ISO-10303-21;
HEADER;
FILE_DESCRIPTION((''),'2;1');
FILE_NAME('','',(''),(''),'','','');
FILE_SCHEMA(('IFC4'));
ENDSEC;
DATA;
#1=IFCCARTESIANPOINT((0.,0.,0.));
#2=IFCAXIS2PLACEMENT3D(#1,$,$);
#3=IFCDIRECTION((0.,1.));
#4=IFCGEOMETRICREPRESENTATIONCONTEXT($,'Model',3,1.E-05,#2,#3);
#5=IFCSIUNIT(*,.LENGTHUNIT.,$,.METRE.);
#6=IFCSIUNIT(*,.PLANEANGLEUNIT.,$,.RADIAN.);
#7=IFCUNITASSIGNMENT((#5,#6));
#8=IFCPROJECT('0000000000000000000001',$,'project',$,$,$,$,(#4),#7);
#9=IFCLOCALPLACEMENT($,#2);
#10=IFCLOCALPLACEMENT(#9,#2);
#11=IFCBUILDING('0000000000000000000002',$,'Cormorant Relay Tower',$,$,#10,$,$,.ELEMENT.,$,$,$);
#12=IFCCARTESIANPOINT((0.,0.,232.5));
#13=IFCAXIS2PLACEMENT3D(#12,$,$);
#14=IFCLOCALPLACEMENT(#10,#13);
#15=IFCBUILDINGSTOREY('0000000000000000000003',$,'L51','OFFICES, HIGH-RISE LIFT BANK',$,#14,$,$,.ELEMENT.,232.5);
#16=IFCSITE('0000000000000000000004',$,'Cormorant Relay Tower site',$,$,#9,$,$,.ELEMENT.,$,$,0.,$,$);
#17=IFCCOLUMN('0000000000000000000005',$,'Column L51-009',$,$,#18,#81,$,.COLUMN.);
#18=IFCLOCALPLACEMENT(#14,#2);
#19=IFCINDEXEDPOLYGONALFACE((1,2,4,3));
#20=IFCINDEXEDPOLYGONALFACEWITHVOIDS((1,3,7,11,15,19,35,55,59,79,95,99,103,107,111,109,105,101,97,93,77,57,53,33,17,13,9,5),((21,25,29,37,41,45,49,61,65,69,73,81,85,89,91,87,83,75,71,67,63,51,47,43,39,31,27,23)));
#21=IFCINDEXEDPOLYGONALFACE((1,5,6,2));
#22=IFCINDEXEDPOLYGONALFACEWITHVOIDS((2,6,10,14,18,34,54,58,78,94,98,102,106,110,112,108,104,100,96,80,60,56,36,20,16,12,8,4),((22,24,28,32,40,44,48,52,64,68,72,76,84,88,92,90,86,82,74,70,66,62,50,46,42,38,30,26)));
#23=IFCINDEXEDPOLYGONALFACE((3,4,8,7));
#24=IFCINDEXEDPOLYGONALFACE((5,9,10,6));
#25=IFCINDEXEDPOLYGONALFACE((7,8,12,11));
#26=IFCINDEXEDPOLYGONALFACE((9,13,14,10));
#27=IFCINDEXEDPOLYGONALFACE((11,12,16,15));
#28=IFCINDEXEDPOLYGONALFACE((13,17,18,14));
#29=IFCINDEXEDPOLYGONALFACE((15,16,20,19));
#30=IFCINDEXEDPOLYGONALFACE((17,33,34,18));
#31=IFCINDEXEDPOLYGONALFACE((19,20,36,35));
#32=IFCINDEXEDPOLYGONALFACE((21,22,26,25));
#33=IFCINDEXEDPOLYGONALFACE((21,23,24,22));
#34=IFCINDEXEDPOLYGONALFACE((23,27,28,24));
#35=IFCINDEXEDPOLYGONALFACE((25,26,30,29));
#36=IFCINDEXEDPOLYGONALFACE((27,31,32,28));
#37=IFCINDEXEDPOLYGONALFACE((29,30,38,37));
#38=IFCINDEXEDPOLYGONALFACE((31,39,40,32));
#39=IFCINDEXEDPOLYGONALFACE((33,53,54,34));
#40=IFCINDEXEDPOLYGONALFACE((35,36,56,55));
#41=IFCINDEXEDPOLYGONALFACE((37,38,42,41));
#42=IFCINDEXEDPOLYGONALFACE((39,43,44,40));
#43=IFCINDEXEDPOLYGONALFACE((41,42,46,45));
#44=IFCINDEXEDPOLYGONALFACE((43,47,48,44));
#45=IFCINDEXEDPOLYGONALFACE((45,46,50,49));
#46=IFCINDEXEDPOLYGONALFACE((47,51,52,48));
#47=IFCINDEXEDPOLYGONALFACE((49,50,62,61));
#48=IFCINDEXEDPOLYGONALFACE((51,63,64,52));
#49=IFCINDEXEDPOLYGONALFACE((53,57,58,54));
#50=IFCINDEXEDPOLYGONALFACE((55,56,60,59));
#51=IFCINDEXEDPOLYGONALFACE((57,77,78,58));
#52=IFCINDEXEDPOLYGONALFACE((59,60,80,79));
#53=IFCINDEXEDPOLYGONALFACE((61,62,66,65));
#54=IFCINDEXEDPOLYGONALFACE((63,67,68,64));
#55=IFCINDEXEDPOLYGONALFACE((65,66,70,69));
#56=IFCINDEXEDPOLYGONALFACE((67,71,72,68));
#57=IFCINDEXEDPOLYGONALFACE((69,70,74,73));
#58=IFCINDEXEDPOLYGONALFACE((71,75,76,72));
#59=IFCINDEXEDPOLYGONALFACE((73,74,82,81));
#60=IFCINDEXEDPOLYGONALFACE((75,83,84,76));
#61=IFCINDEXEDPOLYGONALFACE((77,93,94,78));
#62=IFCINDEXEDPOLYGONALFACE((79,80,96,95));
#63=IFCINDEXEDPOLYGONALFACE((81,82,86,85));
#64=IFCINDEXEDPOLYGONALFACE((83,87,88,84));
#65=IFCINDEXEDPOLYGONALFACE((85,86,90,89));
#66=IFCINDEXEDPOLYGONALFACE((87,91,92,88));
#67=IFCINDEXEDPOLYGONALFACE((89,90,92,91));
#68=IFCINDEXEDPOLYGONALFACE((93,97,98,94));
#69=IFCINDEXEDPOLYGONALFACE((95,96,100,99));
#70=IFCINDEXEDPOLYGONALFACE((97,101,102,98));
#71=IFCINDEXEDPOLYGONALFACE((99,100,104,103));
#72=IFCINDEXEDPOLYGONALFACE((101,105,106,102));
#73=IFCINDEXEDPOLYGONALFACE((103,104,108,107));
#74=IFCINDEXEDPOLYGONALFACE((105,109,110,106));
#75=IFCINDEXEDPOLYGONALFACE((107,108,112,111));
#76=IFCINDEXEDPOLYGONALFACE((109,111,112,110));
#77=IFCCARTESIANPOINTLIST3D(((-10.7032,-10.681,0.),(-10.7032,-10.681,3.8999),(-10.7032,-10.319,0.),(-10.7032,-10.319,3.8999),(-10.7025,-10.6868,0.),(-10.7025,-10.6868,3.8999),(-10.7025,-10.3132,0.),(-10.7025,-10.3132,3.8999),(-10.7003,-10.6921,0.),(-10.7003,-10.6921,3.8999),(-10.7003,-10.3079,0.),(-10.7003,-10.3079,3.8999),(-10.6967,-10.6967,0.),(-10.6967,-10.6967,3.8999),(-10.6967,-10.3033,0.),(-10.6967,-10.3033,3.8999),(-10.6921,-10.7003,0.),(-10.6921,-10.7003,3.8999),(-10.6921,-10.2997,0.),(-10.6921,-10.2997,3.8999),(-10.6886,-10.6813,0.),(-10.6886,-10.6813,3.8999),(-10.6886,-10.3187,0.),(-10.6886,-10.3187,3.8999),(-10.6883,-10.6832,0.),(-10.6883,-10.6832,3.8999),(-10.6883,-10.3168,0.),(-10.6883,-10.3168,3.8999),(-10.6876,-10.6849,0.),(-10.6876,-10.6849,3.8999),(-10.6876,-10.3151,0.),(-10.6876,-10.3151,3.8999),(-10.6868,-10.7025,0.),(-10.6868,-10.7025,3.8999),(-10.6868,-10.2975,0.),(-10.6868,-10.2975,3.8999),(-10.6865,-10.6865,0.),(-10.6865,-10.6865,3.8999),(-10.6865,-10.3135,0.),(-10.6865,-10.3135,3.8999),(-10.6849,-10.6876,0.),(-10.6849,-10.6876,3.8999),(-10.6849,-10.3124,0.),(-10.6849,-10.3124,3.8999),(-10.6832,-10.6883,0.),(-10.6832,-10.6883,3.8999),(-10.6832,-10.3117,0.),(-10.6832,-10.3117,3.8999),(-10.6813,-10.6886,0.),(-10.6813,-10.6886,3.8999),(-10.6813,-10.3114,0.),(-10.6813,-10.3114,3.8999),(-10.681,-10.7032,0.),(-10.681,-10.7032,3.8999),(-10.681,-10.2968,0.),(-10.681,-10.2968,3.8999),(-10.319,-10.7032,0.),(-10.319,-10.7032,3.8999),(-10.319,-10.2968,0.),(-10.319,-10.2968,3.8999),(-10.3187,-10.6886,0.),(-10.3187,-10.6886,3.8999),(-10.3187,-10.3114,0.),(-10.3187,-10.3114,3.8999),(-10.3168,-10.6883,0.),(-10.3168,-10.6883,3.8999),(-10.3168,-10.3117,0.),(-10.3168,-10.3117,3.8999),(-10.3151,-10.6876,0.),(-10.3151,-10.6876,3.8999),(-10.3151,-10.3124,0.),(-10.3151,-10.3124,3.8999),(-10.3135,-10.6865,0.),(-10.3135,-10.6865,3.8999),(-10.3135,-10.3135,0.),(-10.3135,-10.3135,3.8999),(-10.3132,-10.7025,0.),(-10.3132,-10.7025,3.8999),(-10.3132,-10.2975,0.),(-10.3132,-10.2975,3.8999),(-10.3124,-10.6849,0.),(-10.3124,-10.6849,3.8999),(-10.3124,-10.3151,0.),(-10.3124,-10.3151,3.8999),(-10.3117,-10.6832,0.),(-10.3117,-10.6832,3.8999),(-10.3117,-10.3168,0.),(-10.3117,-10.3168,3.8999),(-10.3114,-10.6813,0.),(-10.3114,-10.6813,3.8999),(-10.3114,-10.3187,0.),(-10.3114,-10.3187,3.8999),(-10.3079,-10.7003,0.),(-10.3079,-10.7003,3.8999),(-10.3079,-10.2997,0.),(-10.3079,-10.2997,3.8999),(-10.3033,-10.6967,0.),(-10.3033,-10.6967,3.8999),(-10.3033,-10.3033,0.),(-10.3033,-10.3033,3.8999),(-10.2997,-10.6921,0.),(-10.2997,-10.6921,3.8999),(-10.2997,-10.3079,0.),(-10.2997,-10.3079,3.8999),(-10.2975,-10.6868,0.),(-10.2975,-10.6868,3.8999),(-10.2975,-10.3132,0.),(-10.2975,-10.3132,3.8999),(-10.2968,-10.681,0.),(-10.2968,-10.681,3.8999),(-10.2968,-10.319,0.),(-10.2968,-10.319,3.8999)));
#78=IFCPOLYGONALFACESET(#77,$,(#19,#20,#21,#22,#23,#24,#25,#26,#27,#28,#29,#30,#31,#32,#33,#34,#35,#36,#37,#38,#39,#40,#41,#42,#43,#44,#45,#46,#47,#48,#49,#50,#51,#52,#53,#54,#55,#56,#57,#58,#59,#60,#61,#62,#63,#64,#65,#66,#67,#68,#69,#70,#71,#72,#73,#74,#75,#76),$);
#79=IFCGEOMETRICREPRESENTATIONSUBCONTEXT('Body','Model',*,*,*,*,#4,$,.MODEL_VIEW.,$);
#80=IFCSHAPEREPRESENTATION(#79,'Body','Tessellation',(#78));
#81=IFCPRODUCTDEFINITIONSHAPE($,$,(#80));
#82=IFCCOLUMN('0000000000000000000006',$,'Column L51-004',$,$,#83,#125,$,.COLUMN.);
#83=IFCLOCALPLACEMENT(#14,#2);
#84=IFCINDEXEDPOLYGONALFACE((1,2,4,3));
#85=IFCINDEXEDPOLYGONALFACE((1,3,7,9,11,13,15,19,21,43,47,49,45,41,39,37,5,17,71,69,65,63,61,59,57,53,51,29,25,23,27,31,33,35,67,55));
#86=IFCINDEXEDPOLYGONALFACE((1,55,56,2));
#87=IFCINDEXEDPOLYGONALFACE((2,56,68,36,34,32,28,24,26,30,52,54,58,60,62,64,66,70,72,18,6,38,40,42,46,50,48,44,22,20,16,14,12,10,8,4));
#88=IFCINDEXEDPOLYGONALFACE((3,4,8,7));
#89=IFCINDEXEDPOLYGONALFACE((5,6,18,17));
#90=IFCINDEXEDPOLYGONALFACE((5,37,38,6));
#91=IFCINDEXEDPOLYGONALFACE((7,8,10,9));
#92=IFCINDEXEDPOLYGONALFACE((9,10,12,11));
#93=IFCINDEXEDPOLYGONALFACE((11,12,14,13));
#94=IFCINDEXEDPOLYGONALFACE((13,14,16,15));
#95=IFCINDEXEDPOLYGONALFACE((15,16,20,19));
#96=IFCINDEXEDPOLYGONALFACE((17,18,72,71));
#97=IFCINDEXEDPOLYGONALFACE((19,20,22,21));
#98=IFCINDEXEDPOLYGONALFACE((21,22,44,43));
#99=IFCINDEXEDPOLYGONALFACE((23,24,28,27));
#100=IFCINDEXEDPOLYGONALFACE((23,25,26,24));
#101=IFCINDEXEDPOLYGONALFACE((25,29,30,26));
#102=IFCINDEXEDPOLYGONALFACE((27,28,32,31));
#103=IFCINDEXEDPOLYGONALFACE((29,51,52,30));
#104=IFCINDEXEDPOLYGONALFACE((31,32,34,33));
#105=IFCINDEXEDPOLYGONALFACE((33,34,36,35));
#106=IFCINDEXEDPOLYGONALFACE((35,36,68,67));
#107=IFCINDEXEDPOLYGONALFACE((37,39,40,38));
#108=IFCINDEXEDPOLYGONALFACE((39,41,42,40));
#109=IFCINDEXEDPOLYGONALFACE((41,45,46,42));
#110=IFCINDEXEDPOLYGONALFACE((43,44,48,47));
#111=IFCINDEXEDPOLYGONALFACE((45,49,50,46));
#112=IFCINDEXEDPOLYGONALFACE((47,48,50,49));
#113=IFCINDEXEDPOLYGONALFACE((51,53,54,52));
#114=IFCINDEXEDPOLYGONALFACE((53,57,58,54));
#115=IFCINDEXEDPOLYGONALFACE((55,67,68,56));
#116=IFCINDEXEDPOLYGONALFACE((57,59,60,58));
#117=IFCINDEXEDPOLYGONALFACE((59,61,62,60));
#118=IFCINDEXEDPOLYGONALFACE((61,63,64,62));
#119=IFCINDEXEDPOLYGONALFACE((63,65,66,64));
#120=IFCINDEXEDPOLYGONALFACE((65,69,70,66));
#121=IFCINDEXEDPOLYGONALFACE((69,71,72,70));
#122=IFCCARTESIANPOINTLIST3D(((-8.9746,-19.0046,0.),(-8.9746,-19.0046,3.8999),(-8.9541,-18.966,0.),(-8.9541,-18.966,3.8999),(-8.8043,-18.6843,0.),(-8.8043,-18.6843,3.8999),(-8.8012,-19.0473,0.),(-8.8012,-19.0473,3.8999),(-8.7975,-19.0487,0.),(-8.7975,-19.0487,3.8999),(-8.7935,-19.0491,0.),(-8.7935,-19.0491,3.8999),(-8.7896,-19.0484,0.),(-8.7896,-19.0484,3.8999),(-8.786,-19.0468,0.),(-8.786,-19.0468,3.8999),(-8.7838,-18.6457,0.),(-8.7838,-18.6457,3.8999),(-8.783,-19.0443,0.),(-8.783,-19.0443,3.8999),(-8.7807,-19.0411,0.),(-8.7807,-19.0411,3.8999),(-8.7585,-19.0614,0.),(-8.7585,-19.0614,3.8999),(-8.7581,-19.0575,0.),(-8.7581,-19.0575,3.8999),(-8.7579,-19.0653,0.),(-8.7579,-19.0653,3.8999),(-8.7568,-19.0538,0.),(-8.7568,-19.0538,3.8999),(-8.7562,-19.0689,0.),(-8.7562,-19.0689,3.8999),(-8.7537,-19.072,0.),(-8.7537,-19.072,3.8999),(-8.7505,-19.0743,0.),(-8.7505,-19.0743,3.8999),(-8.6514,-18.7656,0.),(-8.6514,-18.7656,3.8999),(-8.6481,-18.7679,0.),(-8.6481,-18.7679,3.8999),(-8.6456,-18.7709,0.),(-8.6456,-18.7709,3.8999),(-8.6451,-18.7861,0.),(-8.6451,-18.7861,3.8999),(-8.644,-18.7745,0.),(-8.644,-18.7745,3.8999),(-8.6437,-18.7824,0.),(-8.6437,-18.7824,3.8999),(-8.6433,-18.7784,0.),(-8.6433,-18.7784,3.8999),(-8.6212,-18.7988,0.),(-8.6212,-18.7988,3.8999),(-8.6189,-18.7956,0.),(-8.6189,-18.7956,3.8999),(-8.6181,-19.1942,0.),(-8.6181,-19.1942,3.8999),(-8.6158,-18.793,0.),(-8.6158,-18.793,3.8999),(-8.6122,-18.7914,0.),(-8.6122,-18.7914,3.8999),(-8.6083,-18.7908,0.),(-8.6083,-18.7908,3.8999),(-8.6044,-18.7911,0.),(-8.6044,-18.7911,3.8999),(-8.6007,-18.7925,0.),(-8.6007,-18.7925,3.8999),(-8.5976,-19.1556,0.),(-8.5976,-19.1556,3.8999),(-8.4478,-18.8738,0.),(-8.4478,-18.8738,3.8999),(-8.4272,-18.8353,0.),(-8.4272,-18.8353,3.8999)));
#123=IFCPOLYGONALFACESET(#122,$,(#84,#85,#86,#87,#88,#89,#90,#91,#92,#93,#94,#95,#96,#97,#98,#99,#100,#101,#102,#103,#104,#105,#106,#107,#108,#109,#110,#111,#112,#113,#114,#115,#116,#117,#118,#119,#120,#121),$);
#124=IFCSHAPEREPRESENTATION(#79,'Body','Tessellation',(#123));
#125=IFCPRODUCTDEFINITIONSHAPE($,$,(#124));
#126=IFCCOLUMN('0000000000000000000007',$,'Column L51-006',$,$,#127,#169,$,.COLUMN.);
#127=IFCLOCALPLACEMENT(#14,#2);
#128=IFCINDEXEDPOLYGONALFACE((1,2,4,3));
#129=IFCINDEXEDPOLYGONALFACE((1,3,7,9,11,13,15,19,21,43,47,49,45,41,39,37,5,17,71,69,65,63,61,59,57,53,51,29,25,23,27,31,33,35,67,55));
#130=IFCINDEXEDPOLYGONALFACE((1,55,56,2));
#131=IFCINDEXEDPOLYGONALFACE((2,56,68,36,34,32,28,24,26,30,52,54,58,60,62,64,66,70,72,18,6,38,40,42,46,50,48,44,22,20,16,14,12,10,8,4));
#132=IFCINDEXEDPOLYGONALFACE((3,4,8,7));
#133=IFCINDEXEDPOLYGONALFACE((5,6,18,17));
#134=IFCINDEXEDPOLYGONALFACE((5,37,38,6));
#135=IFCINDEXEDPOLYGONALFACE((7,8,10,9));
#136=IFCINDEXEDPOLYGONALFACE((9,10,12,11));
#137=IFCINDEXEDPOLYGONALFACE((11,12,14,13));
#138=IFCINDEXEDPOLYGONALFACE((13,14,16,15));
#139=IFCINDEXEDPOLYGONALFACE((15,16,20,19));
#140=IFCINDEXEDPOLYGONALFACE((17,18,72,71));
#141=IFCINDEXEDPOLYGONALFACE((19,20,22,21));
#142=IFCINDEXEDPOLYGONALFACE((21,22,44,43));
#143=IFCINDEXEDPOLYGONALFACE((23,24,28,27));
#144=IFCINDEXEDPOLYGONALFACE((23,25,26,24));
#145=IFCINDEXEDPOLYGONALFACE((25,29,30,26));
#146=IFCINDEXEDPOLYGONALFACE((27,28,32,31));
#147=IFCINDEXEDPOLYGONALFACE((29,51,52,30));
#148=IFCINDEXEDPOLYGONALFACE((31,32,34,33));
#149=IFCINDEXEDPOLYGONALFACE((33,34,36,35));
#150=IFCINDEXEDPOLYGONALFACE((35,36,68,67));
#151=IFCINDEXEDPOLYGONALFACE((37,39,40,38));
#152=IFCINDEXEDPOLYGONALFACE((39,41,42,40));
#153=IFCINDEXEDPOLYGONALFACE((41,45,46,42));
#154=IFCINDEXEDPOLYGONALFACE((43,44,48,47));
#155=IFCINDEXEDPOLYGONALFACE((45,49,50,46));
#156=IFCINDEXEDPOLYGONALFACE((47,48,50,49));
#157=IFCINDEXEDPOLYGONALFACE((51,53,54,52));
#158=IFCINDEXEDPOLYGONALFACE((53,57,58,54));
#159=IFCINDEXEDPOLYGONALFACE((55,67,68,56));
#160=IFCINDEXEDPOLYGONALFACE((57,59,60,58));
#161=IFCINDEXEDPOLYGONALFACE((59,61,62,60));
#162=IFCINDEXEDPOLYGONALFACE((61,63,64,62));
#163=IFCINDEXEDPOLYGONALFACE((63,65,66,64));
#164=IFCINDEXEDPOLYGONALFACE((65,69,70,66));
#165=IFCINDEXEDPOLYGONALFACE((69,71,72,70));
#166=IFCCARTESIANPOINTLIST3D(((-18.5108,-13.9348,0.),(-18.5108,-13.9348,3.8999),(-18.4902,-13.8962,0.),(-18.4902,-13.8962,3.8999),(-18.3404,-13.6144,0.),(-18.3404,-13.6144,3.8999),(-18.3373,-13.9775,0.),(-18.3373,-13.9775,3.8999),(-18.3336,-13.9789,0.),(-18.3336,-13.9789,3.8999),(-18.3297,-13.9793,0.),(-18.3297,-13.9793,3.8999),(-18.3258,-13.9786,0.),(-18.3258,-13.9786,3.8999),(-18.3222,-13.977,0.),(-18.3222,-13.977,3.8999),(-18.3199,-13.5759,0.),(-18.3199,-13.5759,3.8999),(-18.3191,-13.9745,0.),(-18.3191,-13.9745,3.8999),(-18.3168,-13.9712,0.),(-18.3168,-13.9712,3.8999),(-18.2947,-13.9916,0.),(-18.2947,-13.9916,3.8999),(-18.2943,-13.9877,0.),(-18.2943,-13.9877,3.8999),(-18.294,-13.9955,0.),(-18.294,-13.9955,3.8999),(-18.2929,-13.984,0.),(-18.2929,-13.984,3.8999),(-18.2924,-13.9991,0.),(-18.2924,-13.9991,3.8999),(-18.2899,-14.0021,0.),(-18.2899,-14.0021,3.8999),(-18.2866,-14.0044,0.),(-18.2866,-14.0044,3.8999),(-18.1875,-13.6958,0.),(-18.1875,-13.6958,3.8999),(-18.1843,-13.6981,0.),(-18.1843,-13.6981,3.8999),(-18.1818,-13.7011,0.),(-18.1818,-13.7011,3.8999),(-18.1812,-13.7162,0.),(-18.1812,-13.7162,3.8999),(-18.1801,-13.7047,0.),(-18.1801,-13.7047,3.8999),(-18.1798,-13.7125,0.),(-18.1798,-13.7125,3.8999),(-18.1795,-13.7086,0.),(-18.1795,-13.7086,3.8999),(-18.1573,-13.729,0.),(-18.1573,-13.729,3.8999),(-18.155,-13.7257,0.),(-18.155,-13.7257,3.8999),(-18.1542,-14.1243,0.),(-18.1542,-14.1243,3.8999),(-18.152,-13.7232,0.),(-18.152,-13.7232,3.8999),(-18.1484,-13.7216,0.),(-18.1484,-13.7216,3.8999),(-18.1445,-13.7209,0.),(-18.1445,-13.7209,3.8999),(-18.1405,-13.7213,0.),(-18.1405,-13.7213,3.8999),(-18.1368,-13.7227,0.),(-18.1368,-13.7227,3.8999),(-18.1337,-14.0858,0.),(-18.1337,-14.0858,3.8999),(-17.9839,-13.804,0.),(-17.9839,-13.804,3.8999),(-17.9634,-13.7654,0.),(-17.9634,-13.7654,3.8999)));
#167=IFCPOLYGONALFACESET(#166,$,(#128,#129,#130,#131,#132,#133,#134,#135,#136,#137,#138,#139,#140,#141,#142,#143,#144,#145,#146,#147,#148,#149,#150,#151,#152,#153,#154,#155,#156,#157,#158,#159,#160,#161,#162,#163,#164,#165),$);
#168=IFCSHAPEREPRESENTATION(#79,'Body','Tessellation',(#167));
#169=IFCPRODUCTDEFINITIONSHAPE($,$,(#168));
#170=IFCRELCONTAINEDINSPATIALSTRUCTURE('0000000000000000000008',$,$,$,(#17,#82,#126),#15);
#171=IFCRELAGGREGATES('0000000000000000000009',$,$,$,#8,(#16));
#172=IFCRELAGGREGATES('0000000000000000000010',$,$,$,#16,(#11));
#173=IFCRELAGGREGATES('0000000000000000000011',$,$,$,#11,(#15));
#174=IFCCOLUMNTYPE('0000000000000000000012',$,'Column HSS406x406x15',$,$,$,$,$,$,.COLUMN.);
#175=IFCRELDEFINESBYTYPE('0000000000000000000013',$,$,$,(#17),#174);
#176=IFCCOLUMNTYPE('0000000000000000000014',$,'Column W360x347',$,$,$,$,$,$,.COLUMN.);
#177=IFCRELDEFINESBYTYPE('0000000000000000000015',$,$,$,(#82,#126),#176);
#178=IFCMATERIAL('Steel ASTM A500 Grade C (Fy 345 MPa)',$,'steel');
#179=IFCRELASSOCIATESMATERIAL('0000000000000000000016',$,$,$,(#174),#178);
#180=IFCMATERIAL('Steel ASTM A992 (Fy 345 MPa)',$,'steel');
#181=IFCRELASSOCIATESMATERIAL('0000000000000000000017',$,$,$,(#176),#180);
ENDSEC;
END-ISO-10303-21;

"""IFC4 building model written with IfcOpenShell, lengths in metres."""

from ifc_helpers import new_model, si_unit, direction, frame, origin, origin_2d, place, context, subcontext, project, spatial, hollow_rectangle, i_section, extrude, material, material_profile, profile_set, type_object, element, save


model = new_model("IFC4")

# Units and contexts
model_context = context("Model", 3, precision=1e-05, world=origin(), true_north=direction((0.0, 1.0)))
body_context = subcontext(model_context, "Body", "Model", "MODEL_VIEW")
ifc_project = project(units=[si_unit("LENGTHUNIT", "METRE"), si_unit("PLANEANGLEUNIT", "RADIAN")], contexts=[model_context])

# Site, building, storey
site_placement = place(None, origin())
site = spatial("IfcSite", under=ifc_project, at=site_placement, Name="Cormorant Relay Tower site", CompositionType="ELEMENT", RefElevation=0.0)
building_placement = place(site_placement, origin())
building = spatial("IfcBuilding", under=site, at=building_placement, Name="Cormorant Relay Tower", CompositionType="ELEMENT")
storey_placement = place(building_placement, frame((0.0, 0.0, 232.5)))
storey = spatial("IfcBuildingStorey", under=building, at=storey_placement, Name="L51", Description="OFFICES, HIGH-RISE LIFT BANK", CompositionType="ELEMENT", Elevation=232.5)

# Columns
ifc_material_1 = material(Name="Steel ASTM A500 Grade C (Fy 345 MPa)", Category="steel")
ifc_material_profile_1 = material_profile(ifc_material_1, hollow_rectangle(XDim=0.4065, YDim=0.4065, WallThickness=0.0146, InnerFilletRadius=0.0073, OuterFilletRadius=0.0222, at=origin_2d()), Name="HSS406x406x15")
ifc_profile_set_1 = profile_set([ifc_material_profile_1], Name="Steel ASTM A500 Grade C (Fy 345 MPa)")
column_type_1 = type_object("IfcColumnType", Name="Column HSS406x406x15", PredefinedType="COLUMN", material=ifc_profile_set_1)
column_placement = place(storey_placement, frame((-10.5, -10.5, 0.0), z_axis=(0.0, 0.0, 1.0), x_axis=(1.0, 0.0, 0.0)))
element("IfcColumn", 1, at=column_placement, inside=storey, type_object=column_type_1, Name="Column L51-009", PredefinedType="COLUMN", context=body_context, shape_type="SweptSolid", body=[
    extrude(hollow_rectangle(XDim=0.4065, YDim=0.4065, WallThickness=0.0146, InnerFilletRadius=0.0073, OuterFilletRadius=0.0222, at=origin_2d()), origin(), (0.0, 0.0, 1.0), 3.8999),
])
ifc_material_2 = material(Name="Steel ASTM A992 (Fy 345 MPa)", Category="steel")
ifc_material_profile_2 = material_profile(ifc_material_2, i_section(OverallWidth=0.4038, OverallDepth=0.4065, WebThickness=0.0271, FlangeThickness=0.0437, FilletRadius=0.0151, at=origin_2d()), Name="W360x347")
ifc_profile_set_2 = profile_set([ifc_material_profile_2], Name="Steel ASTM A992 (Fy 345 MPa)")
column_type_2 = type_object("IfcColumnType", Name="Column W360x347", PredefinedType="COLUMN", material=ifc_profile_set_2)
for number, where, z_axis, x_axis, name in (
    (2, (-8.7009, -18.9199, 0.0), (0.0, 0.0, 1.0), (0.882948, -0.469472, 0.0), "Column L51-004"),
    (3, (-18.2371, -13.8501, 0.0), (0.0, 0.0, 1.0), (0.882948, -0.469472, 0.0), "Column L51-006"),
):
    element("IfcColumn", number, at=place(storey_placement, frame(where, z_axis=z_axis, x_axis=x_axis)), inside=storey, type_object=column_type_2, Name=name, PredefinedType="COLUMN", context=body_context, shape_type="SweptSolid", body=[
        extrude(i_section(OverallWidth=0.4038, OverallDepth=0.4065, WebThickness=0.0271, FlangeThickness=0.0437, FilletRadius=0.0151, at=origin_2d()), origin(), (0.0, 0.0, 1.0), 3.8999),
    ])

save(model, "model.ifc")
